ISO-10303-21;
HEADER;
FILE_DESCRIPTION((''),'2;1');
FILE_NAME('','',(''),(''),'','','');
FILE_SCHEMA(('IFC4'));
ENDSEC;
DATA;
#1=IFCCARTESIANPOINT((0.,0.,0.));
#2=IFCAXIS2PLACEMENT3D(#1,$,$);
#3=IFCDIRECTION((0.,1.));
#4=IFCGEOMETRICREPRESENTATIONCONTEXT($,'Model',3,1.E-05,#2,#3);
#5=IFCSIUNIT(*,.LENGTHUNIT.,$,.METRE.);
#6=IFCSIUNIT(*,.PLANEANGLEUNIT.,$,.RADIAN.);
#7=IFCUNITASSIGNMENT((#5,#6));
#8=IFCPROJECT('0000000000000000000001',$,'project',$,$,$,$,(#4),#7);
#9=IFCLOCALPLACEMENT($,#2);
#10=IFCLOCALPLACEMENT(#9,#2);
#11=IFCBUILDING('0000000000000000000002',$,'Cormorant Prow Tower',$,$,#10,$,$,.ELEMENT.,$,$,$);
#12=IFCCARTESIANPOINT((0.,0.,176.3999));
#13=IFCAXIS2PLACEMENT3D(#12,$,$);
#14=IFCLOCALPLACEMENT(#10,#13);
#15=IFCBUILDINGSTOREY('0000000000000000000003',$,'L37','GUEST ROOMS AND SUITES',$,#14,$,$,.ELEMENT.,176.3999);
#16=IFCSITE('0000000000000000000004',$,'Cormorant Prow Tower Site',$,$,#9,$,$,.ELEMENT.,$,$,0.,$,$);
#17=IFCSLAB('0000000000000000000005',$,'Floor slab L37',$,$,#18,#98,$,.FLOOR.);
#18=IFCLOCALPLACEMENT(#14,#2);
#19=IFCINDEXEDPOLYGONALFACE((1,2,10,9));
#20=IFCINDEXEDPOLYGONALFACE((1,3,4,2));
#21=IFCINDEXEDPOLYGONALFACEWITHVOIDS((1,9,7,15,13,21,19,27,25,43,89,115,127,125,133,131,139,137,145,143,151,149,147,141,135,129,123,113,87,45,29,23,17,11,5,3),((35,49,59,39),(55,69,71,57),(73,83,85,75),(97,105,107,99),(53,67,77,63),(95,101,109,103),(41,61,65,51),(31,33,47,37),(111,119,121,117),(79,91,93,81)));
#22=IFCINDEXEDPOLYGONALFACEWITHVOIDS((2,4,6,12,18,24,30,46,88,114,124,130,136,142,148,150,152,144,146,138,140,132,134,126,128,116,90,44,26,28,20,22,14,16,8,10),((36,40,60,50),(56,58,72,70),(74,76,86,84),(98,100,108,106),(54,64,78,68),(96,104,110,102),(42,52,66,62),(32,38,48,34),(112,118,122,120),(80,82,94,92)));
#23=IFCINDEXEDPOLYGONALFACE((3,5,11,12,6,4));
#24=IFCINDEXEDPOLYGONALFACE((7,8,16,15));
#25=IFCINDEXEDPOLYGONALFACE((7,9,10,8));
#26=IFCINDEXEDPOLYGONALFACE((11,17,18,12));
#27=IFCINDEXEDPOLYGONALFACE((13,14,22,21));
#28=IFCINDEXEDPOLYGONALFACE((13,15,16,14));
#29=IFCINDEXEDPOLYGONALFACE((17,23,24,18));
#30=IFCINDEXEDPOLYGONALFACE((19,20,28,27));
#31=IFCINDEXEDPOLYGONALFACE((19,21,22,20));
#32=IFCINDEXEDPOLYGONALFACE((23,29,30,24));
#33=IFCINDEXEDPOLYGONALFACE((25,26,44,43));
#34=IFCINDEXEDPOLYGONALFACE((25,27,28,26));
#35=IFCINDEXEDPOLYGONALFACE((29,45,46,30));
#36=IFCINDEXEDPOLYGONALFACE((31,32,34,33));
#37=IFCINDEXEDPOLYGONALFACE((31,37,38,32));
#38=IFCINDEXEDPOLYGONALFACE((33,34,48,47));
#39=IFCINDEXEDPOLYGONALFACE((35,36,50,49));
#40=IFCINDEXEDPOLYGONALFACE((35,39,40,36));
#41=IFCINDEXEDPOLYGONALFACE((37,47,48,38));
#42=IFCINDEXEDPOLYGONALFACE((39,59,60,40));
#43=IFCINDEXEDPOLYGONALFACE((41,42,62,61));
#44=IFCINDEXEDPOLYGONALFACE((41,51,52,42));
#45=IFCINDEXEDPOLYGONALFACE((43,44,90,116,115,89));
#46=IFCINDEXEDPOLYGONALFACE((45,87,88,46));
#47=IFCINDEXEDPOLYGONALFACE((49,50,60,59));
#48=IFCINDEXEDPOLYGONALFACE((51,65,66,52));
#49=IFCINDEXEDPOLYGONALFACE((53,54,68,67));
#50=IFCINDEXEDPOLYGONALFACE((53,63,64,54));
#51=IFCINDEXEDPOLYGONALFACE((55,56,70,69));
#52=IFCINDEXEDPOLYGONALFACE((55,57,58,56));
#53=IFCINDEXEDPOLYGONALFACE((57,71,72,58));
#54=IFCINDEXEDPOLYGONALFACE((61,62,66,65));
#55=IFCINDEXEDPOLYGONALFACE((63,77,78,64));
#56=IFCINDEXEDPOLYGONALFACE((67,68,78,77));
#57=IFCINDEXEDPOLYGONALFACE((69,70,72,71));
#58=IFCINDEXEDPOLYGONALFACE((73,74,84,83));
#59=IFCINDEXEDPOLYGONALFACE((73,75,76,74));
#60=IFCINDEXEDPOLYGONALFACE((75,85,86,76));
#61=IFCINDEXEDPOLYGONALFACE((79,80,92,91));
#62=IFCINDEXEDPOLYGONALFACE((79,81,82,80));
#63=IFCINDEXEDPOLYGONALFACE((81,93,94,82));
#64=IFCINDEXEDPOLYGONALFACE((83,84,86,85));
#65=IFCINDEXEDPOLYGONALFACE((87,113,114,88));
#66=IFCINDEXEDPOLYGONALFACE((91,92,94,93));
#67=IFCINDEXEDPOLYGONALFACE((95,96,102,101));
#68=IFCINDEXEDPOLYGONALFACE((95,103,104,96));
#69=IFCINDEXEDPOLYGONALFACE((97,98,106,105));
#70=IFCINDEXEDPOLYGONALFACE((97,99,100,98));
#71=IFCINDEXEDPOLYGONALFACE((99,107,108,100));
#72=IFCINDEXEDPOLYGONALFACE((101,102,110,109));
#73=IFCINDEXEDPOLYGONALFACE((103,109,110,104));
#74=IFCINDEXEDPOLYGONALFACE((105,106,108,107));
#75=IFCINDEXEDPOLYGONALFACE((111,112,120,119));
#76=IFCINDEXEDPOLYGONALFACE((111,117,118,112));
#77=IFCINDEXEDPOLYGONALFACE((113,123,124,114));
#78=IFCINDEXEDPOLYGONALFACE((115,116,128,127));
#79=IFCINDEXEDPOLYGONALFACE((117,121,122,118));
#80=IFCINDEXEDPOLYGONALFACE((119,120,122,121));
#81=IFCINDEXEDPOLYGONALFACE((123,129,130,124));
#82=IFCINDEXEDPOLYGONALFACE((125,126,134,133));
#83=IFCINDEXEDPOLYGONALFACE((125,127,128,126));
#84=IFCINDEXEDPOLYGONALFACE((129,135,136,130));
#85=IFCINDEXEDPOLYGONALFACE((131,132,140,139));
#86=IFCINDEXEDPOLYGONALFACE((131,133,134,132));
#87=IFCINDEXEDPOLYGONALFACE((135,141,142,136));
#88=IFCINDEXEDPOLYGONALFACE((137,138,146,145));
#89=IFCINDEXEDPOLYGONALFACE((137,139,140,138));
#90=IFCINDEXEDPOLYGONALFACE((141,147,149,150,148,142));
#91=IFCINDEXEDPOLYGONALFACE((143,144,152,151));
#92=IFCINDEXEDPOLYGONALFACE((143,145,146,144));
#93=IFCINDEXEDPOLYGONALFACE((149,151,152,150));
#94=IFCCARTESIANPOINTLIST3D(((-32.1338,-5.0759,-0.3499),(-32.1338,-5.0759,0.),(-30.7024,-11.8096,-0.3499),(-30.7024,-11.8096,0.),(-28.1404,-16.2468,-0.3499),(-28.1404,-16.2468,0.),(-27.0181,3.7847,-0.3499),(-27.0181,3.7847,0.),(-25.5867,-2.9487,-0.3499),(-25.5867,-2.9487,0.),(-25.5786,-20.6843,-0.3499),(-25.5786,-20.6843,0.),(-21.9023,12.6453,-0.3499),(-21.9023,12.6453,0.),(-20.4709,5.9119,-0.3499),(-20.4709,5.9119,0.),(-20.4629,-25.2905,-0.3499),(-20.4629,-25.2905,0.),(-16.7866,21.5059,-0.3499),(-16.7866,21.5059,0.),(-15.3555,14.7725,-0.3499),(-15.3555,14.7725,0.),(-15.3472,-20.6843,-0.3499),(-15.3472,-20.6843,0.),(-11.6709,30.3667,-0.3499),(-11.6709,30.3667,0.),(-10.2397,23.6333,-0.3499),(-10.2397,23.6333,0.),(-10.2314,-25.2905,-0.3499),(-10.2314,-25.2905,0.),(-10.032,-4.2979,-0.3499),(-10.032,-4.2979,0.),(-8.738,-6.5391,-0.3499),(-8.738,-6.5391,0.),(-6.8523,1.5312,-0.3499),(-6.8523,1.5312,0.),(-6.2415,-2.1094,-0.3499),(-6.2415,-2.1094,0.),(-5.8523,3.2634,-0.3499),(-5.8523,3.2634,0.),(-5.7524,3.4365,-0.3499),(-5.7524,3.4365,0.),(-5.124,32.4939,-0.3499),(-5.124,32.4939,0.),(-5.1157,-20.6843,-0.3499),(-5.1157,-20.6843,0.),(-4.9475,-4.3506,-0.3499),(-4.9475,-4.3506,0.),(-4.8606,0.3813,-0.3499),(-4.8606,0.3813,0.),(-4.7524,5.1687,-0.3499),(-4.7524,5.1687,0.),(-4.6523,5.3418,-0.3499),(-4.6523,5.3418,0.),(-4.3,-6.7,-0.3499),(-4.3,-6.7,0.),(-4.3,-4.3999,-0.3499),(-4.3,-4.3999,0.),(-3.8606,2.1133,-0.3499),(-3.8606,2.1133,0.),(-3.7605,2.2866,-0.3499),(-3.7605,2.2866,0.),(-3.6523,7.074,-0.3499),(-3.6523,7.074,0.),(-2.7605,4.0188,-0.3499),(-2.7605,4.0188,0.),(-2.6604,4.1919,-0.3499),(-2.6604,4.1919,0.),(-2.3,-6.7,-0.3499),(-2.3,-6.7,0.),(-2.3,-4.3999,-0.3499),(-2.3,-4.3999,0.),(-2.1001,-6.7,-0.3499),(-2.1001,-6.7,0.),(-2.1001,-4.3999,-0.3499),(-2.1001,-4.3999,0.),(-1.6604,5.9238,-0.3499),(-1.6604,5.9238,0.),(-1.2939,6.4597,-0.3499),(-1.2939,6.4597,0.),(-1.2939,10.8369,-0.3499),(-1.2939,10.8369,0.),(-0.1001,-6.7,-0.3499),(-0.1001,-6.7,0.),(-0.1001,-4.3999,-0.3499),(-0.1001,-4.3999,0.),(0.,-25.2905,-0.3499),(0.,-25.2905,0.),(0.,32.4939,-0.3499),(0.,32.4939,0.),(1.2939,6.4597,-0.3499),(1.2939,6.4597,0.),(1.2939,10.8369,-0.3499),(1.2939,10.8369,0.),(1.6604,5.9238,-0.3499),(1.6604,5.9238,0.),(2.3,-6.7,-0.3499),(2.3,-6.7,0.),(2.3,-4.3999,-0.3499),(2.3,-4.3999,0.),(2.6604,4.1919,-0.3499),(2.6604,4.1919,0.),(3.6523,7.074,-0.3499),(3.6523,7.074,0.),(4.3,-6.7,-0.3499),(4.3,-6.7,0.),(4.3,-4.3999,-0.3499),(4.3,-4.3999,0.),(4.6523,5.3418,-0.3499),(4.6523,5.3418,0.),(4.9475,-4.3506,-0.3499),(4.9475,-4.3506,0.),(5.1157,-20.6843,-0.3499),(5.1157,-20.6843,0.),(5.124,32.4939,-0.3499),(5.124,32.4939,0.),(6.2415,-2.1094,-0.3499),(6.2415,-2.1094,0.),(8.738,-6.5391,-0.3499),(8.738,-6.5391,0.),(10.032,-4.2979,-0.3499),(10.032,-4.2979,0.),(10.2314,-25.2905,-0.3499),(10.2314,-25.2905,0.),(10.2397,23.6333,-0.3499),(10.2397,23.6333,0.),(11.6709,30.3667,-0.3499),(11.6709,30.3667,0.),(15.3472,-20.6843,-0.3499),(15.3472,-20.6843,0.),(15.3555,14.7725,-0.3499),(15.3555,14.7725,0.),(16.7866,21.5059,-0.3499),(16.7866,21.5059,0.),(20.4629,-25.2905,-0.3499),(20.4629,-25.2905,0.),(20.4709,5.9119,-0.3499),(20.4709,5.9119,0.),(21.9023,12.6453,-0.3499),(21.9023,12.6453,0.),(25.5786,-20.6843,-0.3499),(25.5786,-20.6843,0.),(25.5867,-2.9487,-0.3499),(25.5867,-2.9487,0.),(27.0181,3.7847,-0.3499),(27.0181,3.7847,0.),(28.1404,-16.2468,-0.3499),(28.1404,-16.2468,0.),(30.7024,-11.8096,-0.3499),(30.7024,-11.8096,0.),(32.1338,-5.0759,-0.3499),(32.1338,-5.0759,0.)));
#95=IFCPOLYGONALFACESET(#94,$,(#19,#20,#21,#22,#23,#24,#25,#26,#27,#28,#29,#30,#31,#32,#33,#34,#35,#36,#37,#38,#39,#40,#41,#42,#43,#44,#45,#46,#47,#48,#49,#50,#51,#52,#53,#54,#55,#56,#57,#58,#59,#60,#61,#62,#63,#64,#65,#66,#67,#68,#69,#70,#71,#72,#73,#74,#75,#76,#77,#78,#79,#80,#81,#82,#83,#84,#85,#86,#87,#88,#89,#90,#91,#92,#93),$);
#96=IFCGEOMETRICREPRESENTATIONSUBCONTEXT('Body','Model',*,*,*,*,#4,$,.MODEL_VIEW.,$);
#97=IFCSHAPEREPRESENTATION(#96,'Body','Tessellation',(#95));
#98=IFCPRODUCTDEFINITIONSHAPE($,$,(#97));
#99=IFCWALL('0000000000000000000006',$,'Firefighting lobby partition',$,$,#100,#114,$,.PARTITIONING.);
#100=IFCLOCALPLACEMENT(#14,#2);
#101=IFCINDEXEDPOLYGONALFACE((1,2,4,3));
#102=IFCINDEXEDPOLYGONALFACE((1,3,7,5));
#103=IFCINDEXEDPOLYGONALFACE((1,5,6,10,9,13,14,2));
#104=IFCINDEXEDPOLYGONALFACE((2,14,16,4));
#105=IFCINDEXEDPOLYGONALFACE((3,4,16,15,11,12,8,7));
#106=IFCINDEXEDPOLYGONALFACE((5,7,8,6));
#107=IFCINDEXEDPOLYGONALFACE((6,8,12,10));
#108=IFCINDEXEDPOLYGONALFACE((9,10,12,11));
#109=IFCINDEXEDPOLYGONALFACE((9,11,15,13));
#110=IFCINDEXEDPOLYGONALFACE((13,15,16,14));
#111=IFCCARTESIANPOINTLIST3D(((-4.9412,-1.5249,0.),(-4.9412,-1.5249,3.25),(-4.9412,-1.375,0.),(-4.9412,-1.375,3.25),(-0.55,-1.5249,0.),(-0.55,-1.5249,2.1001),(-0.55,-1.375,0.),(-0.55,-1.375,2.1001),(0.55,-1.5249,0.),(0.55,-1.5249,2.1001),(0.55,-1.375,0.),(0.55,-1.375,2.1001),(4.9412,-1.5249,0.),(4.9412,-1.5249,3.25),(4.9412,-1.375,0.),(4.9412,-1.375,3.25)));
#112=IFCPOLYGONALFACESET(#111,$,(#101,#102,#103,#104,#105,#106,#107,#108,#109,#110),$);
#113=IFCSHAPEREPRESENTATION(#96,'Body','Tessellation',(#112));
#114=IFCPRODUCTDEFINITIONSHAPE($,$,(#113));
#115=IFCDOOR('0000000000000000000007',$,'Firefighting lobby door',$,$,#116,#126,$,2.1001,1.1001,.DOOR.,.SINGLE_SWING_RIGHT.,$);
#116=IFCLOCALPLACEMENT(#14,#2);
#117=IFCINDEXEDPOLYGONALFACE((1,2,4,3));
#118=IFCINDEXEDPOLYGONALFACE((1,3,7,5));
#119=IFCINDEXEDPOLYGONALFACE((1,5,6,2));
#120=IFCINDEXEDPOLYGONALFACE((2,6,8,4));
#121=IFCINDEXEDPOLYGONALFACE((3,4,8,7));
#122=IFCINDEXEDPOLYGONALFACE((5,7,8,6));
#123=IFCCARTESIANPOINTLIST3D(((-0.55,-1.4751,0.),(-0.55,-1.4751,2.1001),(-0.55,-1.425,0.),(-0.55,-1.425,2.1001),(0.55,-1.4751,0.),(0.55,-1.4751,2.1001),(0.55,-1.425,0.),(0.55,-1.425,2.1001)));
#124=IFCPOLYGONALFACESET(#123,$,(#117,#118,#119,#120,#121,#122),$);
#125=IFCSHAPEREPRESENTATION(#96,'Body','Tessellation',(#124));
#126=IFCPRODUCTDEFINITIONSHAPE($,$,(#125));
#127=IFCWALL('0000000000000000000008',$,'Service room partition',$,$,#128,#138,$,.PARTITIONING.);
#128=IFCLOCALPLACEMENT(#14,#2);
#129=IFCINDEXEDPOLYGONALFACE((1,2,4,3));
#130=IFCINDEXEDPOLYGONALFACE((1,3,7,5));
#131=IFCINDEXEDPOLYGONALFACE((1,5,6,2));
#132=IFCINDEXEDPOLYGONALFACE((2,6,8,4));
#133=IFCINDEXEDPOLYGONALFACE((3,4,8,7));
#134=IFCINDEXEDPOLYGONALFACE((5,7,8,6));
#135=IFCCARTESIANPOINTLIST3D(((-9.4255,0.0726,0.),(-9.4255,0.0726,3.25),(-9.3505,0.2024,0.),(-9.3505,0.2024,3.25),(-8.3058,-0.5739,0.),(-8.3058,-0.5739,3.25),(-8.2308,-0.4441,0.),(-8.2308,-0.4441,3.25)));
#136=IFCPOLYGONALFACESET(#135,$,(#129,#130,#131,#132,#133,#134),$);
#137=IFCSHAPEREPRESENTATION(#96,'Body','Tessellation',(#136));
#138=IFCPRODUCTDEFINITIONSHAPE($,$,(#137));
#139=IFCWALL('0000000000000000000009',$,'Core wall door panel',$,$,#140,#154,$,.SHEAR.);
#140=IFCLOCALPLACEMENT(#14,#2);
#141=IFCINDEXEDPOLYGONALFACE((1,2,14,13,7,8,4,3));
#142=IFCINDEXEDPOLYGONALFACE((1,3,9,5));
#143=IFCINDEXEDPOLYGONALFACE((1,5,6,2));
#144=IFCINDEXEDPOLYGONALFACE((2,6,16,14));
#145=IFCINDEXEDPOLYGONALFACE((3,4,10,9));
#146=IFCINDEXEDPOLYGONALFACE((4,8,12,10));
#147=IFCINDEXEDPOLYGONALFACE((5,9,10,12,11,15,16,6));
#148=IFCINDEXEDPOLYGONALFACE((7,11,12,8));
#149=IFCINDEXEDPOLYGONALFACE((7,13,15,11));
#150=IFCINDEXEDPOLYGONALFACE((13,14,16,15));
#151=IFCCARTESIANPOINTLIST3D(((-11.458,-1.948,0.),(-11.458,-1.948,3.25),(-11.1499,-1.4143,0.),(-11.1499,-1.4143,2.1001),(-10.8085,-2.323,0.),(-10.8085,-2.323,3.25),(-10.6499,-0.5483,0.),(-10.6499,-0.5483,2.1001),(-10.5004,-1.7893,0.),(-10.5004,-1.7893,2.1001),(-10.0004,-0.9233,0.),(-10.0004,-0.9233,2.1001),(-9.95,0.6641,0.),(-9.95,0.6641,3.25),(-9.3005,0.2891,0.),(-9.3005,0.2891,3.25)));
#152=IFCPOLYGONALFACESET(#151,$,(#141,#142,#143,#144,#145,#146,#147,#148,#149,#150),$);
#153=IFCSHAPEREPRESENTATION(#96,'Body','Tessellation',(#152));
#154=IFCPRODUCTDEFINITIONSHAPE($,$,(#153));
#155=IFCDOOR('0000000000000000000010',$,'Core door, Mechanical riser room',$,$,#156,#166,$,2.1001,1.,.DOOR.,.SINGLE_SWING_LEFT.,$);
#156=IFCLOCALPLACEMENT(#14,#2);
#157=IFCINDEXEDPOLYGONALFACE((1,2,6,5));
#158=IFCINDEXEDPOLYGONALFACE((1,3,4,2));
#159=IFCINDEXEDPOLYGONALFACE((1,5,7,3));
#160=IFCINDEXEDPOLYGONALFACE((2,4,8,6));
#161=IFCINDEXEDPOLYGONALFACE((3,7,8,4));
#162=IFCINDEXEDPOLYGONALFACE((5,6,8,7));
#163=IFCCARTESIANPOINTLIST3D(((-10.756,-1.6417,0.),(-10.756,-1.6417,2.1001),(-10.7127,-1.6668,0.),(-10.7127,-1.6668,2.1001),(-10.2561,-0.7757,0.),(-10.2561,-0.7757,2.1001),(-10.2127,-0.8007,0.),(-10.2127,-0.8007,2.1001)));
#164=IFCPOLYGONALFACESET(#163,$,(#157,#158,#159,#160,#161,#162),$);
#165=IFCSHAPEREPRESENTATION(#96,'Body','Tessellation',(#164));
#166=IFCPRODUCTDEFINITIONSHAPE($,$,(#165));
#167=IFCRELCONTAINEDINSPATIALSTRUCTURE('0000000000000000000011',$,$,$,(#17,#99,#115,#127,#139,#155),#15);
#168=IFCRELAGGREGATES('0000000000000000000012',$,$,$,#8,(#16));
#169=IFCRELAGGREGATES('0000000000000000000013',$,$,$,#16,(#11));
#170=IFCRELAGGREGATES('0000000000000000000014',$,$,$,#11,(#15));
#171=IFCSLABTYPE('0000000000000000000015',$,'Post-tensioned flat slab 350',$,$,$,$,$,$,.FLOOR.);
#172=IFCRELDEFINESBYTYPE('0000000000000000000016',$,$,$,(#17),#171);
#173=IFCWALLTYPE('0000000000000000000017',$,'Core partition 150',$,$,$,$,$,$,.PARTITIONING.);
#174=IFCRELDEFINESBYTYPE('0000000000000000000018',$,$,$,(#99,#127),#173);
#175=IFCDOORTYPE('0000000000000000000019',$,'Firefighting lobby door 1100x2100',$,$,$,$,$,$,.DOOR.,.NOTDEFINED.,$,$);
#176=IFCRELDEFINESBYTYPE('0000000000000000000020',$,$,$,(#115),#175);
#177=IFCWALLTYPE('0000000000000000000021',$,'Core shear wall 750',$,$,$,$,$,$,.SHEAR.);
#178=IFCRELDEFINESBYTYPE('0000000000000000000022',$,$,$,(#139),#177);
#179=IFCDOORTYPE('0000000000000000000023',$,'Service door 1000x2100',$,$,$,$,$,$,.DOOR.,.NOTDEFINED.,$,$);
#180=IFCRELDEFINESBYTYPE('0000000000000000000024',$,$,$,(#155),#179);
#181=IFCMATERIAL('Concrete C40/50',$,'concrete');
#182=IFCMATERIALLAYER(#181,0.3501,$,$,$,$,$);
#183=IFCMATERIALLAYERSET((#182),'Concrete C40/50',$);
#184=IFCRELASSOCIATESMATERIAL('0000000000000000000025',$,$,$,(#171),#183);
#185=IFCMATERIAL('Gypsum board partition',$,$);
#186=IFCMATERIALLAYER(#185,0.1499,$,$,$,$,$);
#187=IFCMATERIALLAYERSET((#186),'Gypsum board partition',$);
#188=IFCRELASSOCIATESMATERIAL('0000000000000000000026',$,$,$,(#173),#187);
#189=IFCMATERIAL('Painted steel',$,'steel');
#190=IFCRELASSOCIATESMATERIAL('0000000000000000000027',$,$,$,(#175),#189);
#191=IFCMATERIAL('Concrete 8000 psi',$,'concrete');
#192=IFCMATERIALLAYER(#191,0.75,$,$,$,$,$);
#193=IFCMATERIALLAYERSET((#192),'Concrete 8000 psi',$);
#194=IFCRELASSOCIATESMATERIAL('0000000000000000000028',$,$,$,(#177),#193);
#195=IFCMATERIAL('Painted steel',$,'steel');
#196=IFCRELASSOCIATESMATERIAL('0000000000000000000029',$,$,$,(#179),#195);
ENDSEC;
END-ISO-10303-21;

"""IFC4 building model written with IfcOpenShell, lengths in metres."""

from ifc_helpers import new_model, si_unit, direction, frame, frame_2d, origin, place, context, subcontext, project, spatial, polyline, rectangle, outline, extrude, material, layer, layer_set, type_object, element, fill, save


model = new_model("IFC4")

# Units and contexts
model_context = context("Model", 3, precision=1e-05, world=origin(), true_north=direction((0.0, 1.0)))
body_context = subcontext(model_context, "Body", "Model", "MODEL_VIEW")
ifc_project = project(units=[si_unit("LENGTHUNIT", "METRE"), si_unit("PLANEANGLEUNIT", "RADIAN")], contexts=[model_context])

# Site, building, storey
site_placement = place(None, origin())
site = spatial("IfcSite", under=ifc_project, at=site_placement, Name="Cormorant Prow Tower Site", CompositionType="ELEMENT", RefElevation=0.0)
building_placement = place(site_placement, origin())
building = spatial("IfcBuilding", under=site, at=building_placement, Name="Cormorant Prow Tower", CompositionType="ELEMENT")
storey_placement = place(building_placement, frame((0.0, 0.0, 176.3999)))
storey = spatial("IfcBuildingStorey", under=building, at=storey_placement, Name="L37", Description="GUEST ROOMS AND SUITES", CompositionType="ELEMENT", Elevation=176.3999)

# Slab
ifc_material_1 = material(Name="Concrete C40/50", Category="concrete")
ifc_layer_1 = layer(ifc_material_1, 0.3501)
ifc_layer_set_1 = layer_set([ifc_layer_1], Name="Concrete C40/50")
slab_type_1 = type_object("IfcSlabType", Name="Post-tensioned flat slab 350", PredefinedType="FLOOR", material=ifc_layer_set_1)
slab_1_placement = place(storey_placement, frame((0.0, 0.0, -0.3499)))
element("IfcSlab", 1, at=slab_1_placement, inside=storey, type_object=slab_type_1, Name="Floor slab L37", PredefinedType="FLOOR", context=body_context, shape_type="SweptSolid", body=[
    extrude(outline(polyline([(-10.2397, 23.6333), (-16.7866, 21.5059), (-15.3555, 14.7725), (-21.9023, 12.6453), (-20.4709, 5.9119), (-27.0181, 3.7847), (-25.5867, -2.9487), (-32.1338, -5.0759), (-30.7024, -11.8096), (-28.1404, -16.2468), (-25.5786, -20.6843), (-20.4629, -25.2905), (-15.3472, -20.6843), (-10.2314, -25.2905), (-5.1157, -20.6843), (0.0, -25.2905), (5.1157, -20.6843), (10.2314, -25.2905), (15.3472, -20.6843), (20.4629, -25.2905), (25.5786, -20.6843), (28.1404, -16.2468), (30.7024, -11.8096), (32.1338, -5.0759), (25.5867, -2.9487), (27.0181, 3.7847), (20.4709, 5.9119), (21.9023, 12.6453), (15.3555, 14.7725), (16.7866, 21.5059), (10.2397, 23.6333), (11.6709, 30.3667), (5.124, 32.4939), (0.0, 32.4939), (-5.124, 32.4939), (-11.6709, 30.3667), (-10.2397, 23.6333)]), holes=[polyline([(-4.3, -4.3999), (-2.3, -4.3999), (-2.3, -6.7), (-4.3, -6.7), (-4.3, -4.3999)]), polyline([(-0.1001, -4.3999), (-0.1001, -6.7), (-2.1001, -6.7), (-2.1001, -4.3999), (-0.1001, -4.3999)]), polyline([(4.3, -6.7), (2.3, -6.7), (2.3, -4.3999), (4.3, -4.3999), (4.3, -6.7)]), polyline([(4.6523, 5.3418), (2.6604, 4.1919), (1.6604, 5.9238), (3.6523, 7.074), (4.6523, 5.3418)]), polyline([(-1.6604, 5.9238), (-2.6604, 4.1919), (-4.6523, 5.3418), (-3.6523, 7.074), (-1.6604, 5.9238)]), polyline([(-3.7605, 2.2866), (-5.7524, 3.4365), (-4.7524, 5.1687), (-2.7605, 4.0188), (-3.7605, 2.2866)]), polyline([(-6.8523, 1.5312), (-5.8523, 3.2634), (-3.8606, 2.1133), (-4.8606, 0.3813), (-6.8523, 1.5312)]), polyline([(-4.9475, -4.3506), (-8.738, -6.5391), (-10.032, -4.2979), (-6.2415, -2.1094), (-4.9475, -4.3506)]), polyline([(10.032, -4.2979), (8.738, -6.5391), (4.9475, -4.3506), (6.2415, -2.1094), (10.032, -4.2979)]), polyline([(1.2939, 10.8369), (1.2939, 6.4597), (-1.2939, 6.4597), (-1.2939, 10.8369), (1.2939, 10.8369)])]), origin(), (0.0, 0.0, 1.0), 0.3499),
])

# Wall, opening, door
ifc_material_2 = material(Name="Gypsum board partition")
ifc_layer_2 = layer(ifc_material_2, 0.1499)
ifc_layer_set_2 = layer_set([ifc_layer_2], Name="Gypsum board partition")
wall_type_1 = type_object("IfcWallType", Name="Core partition 150", PredefinedType="PARTITIONING", material=ifc_layer_set_2)
wall_1_placement = place(storey_placement, frame((-4.9412, -1.45, 0.0), z_axis=(0.0, 0.0, 1.0), x_axis=(1.0, 0.0, 0.0)))
wall_1 = element("IfcWall", 2, at=wall_1_placement, inside=storey, type_object=wall_type_1, Name="Firefighting lobby partition", PredefinedType="PARTITIONING", context=body_context, shape_type="SweptSolid", body=[
    extrude(rectangle(XDim=9.8823, YDim=0.1499, at=frame_2d((4.9412, 0.0))), origin(), (0.0, 0.0, 1.0), 3.25),
])
opening_1_placement = place(wall_1_placement, frame((4.3911, 0.0, 0.0)))
opening_1 = element("IfcOpeningElement", 3, at=opening_1_placement, cuts=wall_1, PredefinedType="OPENING", context=body_context, shape_type="SweptSolid", body=[
    extrude(rectangle(XDim=1.1001, YDim=2.1001, at=frame_2d((0.55, 1.05))), frame((0.0, 0.085, 0.0), z_axis=(0.0, -1.0, 0.0), x_axis=(1.0, 0.0, 0.0)), (0.0, 0.0, 1.0), 0.1699),
])
ifc_material_3 = material(Name="Painted steel", Category="steel")
door_type_1 = type_object("IfcDoorType", Name="Firefighting lobby door 1100x2100", OperationType="NOTDEFINED", PredefinedType="DOOR", material=ifc_material_3)
door_1_placement = place(opening_1_placement, origin())
door_1 = element("IfcDoor", 4, at=door_1_placement, inside=storey, type_object=door_type_1, Name="Firefighting lobby door", OperationType="SINGLE_SWING_RIGHT", OverallHeight=2.1001, OverallWidth=1.1001, PredefinedType="DOOR", context=body_context, shape_type="SweptSolid", body=[
    extrude(rectangle(XDim=1.1001, YDim=2.1001, at=frame_2d((0.55, 1.05))), frame((0.0, 0.0249, 0.0), z_axis=(0.0, -1.0, 0.0), x_axis=(1.0, 0.0, 0.0)), (0.0, 0.0, 1.0), 0.05),
])
fill(opening_1, door_1)

# Wall
wall_2_placement = place(storey_placement, frame((-8.2683, -0.509, 0.0), z_axis=(0.0, 0.0, 1.0), x_axis=(-0.866003, 0.500038, 0.0)))
element("IfcWall", 5, at=wall_2_placement, inside=storey, type_object=wall_type_1, Name="Service room partition", PredefinedType="PARTITIONING", context=body_context, shape_type="SweptSolid", body=[
    extrude(rectangle(XDim=1.293, YDim=0.1499, at=frame_2d((0.6465, 0.0))), origin(), (0.0, 0.0, 1.0), 3.25),
])

# Wall, opening, door
ifc_material_4 = material(Name="Concrete 8000 psi", Category="concrete")
ifc_layer_3 = layer(ifc_material_4, 0.75)
ifc_layer_set_3 = layer_set([ifc_layer_3], Name="Concrete 8000 psi")
wall_type_2 = type_object("IfcWallType", Name="Core shear wall 750", PredefinedType="SHEAR", material=ifc_layer_set_3)
wall_3_placement = place(storey_placement, frame((-9.6252, 0.4766, 0.0), z_axis=(0.0, 0.0, 1.0), x_axis=(-0.499996, -0.866028, 0.0)))
wall_3 = element("IfcWall", 6, at=wall_3_placement, inside=storey, type_object=wall_type_2, Name="Core wall door panel", PredefinedType="SHEAR", context=body_context, shape_type="SweptSolid", body=[
    extrude(rectangle(XDim=3.0161, YDim=0.75, at=frame_2d((1.5081, 0.0))), origin(), (0.0, 0.0, 1.0), 3.25),
])
opening_2_placement = place(wall_3_placement, frame((1.3999, 0.0, 0.0)))
opening_2 = element("IfcOpeningElement", 7, at=opening_2_placement, cuts=wall_3, PredefinedType="OPENING", context=body_context, shape_type="SweptSolid", body=[
    extrude(rectangle(XDim=1.0, YDim=2.1001, at=frame_2d((0.5, 1.05))), frame((0.0, 0.385, 0.0), z_axis=(0.0, -1.0, 0.0), x_axis=(1.0, 0.0, 0.0)), (0.0, 0.0, 1.0), 0.77),
])
ifc_material_5 = material(Name="Painted steel", Category="steel")
door_type_2 = type_object("IfcDoorType", Name="Service door 1000x2100", OperationType="NOTDEFINED", PredefinedType="DOOR", material=ifc_material_5)
door_2_placement = place(opening_2_placement, origin())
door_2 = element("IfcDoor", 8, at=door_2_placement, inside=storey, type_object=door_type_2, Name="Core door, Mechanical riser room", OperationType="SINGLE_SWING_LEFT", OverallHeight=2.1001, OverallWidth=1.0, PredefinedType="DOOR", context=body_context, shape_type="SweptSolid", body=[
    extrude(rectangle(XDim=1.0, YDim=2.1001, at=frame_2d((0.5, 1.05))), frame((0.0, 0.1299, 0.0), z_axis=(0.0, -1.0, 0.0), x_axis=(1.0, 0.0, 0.0)), (0.0, 0.0, 1.0), 0.05),
])
fill(opening_2, door_2)

save(model, "model.ifc")
